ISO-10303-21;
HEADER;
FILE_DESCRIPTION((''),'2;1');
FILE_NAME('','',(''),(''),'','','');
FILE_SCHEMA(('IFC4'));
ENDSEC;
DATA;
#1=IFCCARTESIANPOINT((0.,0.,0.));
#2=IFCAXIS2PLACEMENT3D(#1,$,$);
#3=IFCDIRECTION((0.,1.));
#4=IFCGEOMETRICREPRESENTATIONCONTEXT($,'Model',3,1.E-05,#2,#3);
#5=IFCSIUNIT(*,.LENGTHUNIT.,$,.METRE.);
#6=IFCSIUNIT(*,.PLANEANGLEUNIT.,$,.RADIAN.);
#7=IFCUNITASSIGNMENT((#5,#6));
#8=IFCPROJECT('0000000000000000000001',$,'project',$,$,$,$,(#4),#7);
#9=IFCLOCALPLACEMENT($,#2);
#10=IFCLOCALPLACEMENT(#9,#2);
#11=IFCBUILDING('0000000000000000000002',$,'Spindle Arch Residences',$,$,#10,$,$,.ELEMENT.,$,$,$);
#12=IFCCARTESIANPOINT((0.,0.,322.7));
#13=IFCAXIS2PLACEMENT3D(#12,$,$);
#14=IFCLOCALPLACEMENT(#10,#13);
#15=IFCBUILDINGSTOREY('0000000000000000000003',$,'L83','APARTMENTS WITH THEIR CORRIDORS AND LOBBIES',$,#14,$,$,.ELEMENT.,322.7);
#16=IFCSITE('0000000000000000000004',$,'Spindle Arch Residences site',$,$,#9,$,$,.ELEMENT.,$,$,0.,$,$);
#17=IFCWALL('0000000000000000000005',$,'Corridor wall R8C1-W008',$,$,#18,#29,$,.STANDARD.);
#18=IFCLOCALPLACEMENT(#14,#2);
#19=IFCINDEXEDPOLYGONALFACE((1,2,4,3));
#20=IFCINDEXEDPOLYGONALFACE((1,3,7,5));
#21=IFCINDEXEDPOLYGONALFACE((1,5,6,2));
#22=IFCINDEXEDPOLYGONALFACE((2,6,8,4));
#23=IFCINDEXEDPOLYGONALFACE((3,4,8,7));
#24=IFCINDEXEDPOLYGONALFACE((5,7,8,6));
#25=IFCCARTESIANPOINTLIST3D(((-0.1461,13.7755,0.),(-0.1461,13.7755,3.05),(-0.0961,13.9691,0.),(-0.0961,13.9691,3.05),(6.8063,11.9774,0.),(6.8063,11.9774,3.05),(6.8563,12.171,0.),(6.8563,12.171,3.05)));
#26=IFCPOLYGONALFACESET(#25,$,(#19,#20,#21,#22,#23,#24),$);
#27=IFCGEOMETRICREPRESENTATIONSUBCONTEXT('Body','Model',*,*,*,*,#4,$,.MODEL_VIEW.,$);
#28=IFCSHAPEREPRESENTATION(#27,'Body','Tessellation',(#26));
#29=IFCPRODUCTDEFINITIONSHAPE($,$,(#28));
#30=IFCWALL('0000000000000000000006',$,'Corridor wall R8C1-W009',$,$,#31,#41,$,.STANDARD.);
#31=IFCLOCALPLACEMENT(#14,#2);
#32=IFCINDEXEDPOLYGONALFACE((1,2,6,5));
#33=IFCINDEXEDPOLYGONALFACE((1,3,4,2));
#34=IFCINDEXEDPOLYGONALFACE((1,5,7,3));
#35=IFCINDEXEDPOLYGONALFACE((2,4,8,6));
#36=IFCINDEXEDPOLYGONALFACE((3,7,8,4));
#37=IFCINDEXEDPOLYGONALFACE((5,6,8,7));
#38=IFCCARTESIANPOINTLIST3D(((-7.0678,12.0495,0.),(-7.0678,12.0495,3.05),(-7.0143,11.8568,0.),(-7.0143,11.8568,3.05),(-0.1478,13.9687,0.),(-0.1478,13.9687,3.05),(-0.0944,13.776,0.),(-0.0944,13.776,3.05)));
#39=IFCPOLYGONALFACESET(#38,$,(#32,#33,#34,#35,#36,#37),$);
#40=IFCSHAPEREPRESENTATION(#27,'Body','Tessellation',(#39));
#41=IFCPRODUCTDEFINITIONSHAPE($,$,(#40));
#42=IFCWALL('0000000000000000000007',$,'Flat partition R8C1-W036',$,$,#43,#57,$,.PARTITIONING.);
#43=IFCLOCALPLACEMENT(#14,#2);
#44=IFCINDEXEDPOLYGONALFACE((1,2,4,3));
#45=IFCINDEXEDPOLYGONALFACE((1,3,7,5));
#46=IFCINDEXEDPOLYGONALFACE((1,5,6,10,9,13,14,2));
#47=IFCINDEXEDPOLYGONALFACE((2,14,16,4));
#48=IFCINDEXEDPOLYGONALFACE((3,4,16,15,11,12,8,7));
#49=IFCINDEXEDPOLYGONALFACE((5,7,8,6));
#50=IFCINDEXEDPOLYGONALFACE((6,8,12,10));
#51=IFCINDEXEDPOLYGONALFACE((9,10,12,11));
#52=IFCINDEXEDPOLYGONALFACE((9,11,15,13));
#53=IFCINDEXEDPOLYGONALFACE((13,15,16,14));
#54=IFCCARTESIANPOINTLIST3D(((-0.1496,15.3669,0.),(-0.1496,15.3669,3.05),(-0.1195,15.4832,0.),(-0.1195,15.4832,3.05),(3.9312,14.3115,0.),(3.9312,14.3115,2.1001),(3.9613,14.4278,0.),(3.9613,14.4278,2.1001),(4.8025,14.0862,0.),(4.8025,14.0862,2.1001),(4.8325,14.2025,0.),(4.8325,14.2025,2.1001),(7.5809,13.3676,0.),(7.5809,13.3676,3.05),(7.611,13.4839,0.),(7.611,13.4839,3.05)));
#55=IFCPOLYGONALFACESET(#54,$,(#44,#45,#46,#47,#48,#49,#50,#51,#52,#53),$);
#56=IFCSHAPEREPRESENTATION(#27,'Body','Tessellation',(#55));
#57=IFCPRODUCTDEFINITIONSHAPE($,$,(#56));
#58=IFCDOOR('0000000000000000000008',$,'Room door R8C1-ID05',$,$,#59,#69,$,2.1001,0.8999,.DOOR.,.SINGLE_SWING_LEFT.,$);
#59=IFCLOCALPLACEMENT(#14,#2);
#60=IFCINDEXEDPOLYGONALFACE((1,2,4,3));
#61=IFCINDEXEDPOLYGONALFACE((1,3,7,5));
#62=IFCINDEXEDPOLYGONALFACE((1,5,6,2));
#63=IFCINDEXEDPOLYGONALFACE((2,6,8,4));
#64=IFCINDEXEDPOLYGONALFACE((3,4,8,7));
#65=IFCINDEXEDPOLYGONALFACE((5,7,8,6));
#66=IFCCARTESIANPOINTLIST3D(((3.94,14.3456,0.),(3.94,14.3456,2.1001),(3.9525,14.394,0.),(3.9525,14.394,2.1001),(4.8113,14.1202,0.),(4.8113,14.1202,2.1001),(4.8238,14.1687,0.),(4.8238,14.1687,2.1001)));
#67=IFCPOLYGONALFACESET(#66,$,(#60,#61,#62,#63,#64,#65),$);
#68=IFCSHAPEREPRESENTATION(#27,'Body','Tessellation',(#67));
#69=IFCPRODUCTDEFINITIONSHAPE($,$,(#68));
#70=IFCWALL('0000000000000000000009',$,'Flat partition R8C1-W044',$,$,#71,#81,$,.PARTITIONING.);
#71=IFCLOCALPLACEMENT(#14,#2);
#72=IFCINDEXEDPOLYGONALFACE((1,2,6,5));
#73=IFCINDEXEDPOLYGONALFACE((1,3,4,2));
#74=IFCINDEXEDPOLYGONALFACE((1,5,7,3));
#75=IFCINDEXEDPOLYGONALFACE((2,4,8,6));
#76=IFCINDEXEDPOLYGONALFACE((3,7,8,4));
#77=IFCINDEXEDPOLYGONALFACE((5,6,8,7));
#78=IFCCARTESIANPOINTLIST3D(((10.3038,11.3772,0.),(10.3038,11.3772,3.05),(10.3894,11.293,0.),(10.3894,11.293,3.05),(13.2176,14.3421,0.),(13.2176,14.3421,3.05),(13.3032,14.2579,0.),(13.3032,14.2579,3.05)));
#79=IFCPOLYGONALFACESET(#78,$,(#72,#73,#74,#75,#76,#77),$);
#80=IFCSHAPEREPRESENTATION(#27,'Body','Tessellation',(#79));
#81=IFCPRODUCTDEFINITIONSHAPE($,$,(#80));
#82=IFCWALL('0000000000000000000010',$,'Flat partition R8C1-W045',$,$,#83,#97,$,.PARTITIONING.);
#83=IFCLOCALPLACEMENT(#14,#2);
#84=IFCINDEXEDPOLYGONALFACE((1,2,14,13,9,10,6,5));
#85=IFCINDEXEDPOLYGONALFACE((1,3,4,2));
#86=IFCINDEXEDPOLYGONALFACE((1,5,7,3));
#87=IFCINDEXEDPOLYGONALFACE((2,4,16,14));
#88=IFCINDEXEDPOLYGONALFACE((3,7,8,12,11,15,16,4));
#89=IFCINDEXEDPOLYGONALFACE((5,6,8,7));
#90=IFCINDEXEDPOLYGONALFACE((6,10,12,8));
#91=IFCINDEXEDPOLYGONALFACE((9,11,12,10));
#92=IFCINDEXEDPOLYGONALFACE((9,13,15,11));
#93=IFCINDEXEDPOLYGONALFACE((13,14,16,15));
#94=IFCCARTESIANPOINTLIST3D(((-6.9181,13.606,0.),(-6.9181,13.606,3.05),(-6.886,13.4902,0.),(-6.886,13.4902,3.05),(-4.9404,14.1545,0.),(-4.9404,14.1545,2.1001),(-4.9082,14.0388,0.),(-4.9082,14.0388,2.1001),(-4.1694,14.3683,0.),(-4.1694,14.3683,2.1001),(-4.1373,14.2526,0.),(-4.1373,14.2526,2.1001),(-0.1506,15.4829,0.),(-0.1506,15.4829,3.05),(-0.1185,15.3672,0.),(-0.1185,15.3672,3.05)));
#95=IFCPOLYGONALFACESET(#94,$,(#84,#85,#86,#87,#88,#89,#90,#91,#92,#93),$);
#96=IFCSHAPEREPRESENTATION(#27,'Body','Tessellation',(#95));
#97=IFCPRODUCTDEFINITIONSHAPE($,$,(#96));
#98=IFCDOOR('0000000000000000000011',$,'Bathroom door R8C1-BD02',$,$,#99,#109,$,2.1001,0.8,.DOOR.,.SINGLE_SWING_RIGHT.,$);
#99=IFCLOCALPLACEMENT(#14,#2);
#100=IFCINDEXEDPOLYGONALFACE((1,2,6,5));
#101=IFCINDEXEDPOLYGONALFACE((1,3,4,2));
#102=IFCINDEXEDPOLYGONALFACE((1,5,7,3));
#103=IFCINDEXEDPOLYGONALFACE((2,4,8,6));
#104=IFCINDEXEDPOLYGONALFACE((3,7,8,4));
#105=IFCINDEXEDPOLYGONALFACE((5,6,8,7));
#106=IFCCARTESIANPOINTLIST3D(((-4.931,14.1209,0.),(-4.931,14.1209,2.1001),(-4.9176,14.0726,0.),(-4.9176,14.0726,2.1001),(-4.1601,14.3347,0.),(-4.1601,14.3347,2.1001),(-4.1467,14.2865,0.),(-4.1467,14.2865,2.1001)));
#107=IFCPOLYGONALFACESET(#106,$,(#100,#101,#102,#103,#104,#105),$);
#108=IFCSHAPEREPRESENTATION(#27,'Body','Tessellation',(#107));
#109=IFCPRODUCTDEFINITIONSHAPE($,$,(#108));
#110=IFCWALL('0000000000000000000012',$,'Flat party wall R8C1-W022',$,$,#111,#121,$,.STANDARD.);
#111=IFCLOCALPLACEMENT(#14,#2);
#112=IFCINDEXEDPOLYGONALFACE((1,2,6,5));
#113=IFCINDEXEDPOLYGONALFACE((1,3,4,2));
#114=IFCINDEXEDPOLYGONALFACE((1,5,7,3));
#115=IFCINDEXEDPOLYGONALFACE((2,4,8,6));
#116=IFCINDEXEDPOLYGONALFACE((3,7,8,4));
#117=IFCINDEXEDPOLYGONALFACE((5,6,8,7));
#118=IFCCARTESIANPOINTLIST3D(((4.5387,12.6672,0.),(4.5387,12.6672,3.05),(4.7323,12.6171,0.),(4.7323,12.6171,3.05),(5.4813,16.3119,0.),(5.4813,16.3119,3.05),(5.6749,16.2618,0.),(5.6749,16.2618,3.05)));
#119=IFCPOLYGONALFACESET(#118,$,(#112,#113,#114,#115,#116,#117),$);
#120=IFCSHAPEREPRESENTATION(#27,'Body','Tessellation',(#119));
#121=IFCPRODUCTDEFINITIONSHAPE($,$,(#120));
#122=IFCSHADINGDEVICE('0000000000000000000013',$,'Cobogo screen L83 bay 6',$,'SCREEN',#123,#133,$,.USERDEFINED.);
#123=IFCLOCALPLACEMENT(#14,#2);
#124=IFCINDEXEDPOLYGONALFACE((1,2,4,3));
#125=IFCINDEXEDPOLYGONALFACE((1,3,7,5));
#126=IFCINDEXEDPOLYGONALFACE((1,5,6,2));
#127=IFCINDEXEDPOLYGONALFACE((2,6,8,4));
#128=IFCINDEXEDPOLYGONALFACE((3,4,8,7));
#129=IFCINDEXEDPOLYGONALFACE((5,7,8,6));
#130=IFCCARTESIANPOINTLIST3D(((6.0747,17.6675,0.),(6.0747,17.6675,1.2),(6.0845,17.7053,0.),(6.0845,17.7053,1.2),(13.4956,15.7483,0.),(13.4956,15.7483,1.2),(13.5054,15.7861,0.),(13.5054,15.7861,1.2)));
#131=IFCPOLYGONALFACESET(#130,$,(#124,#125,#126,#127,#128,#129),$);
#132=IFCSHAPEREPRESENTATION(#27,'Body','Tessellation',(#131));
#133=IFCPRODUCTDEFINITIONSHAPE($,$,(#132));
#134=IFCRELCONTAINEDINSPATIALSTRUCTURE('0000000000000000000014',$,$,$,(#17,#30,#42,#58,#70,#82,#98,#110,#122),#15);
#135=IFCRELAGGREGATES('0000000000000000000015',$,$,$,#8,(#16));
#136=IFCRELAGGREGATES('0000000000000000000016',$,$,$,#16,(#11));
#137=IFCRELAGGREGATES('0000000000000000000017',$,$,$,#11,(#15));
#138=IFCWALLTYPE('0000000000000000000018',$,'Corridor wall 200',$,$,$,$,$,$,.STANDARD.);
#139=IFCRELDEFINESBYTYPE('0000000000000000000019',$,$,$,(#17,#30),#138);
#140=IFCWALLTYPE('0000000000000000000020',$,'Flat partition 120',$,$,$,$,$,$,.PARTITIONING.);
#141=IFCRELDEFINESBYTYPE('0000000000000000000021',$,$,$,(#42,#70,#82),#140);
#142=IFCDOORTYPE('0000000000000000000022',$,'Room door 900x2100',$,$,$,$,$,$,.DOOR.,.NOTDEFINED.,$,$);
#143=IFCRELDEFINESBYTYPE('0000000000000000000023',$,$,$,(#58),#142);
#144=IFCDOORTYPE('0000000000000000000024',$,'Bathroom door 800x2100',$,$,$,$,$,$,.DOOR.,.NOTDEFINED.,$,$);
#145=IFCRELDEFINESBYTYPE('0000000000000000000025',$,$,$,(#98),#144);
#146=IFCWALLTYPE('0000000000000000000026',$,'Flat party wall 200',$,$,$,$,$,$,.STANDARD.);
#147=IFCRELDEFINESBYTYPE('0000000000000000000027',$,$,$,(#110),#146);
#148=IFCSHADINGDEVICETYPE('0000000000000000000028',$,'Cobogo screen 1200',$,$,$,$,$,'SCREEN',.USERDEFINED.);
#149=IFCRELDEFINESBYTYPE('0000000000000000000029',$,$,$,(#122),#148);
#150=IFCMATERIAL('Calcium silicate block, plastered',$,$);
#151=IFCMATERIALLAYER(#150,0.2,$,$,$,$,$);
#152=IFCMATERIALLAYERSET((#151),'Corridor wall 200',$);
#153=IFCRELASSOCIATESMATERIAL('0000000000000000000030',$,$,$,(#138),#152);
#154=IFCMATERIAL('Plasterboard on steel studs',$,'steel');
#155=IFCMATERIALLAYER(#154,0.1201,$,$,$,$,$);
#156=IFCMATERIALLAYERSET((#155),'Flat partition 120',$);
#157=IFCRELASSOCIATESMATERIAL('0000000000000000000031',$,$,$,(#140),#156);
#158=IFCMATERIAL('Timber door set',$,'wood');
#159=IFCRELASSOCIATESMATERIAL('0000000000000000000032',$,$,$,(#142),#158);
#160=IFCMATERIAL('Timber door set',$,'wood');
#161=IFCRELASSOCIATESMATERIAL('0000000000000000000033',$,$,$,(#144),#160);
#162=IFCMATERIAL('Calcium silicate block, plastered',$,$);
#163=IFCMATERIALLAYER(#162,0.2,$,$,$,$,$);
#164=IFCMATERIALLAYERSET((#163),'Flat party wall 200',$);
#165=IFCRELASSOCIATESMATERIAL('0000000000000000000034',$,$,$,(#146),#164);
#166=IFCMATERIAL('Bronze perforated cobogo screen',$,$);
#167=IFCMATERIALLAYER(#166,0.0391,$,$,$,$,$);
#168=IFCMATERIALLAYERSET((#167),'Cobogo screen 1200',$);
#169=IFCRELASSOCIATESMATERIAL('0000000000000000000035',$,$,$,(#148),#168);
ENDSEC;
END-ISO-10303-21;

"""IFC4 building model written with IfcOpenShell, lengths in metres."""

from ifc_helpers import new_model, si_unit, direction, frame, frame_2d, origin, origin_2d, place, context, subcontext, project, spatial, rectangle, extrude, material, layer, layer_set, type_object, element, fill, save


model = new_model("IFC4")

# Units and contexts
model_context = context("Model", 3, precision=1e-05, world=origin(), true_north=direction((0.0, 1.0)))
body_context = subcontext(model_context, "Body", "Model", "MODEL_VIEW")
ifc_project = project(units=[si_unit("LENGTHUNIT", "METRE"), si_unit("PLANEANGLEUNIT", "RADIAN")], contexts=[model_context])

# Site, building, storey
site_placement = place(None, origin())
site = spatial("IfcSite", under=ifc_project, at=site_placement, Name="Spindle Arch Residences site", CompositionType="ELEMENT", RefElevation=0.0)
building_placement = place(site_placement, origin())
building = spatial("IfcBuilding", under=site, at=building_placement, Name="Spindle Arch Residences", CompositionType="ELEMENT")
storey_placement = place(building_placement, frame((0.0, 0.0, 322.7)))
storey = spatial("IfcBuildingStorey", under=building, at=storey_placement, Name="L83", Description="APARTMENTS WITH THEIR CORRIDORS AND LOBBIES", CompositionType="ELEMENT", Elevation=322.7)

# Walls
ifc_material_1 = material(Name="Calcium silicate block, plastered")
ifc_layer_1 = layer(ifc_material_1, 0.2)
ifc_layer_set_1 = layer_set([ifc_layer_1], Name="Corridor wall 200")
wall_type_1 = type_object("IfcWallType", Name="Corridor wall 200", PredefinedType="STANDARD", material=ifc_layer_set_1)
for number, where, z_axis, x_axis, name in (
    (1, (6.8313, 12.0742, 0.0), (0.0, 0.0, 1.0), (-0.968145, 0.250391, 0.0), "Corridor wall R8C1-W008"),
    (2, (-0.1211, 13.8723, 0.0), (0.0, 0.0, 1.0), (-0.963626, -0.267255, 0.0), "Corridor wall R8C1-W009"),
):
    element("IfcWall", number, at=place(storey_placement, frame(where, z_axis=z_axis, x_axis=x_axis)), inside=storey, type_object=wall_type_1, Name=name, PredefinedType="STANDARD", context=body_context, shape_type="SweptSolid", body=[
        extrude(rectangle(XDim=7.1812, YDim=0.2, at=frame_2d((3.5906, 0.0))), origin(), (0.0, 0.0, 1.0), 3.05),
    ])

# Wall, opening, door
ifc_material_2 = material(Name="Plasterboard on steel studs", Category="steel")
ifc_layer_2 = layer(ifc_material_2, 0.1201)
ifc_layer_set_2 = layer_set([ifc_layer_2], Name="Flat partition 120")
wall_type_2 = type_object("IfcWallType", Name="Flat partition 120", PredefinedType="PARTITIONING", material=ifc_layer_set_2)
wall_1_placement = place(storey_placement, frame((7.5959, 13.4258, 0.0), z_axis=(0.0, 0.0, 1.0), x_axis=(-0.968147, 0.250384, 0.0)))
wall_1 = element("IfcWall", 3, at=wall_1_placement, inside=storey, type_object=wall_type_2, Name="Flat partition R8C1-W036", PredefinedType="PARTITIONING", context=body_context, shape_type="SweptSolid", body=[
    extrude(rectangle(XDim=7.9849, YDim=0.1201, at=frame_2d((3.9924, 0.0))), origin(), (0.0, 0.0, 1.0), 3.05),
])
opening_1_placement = place(wall_1_placement, frame((2.8699, 0.0, 0.0)))
opening_1 = element("IfcOpeningElement", 4, at=opening_1_placement, cuts=wall_1, PredefinedType="OPENING", context=body_context, shape_type="SweptSolid", body=[
    extrude(rectangle(XDim=0.8999, YDim=2.1001, at=frame_2d((0.45, 1.05))), frame((0.0, 0.0701, 0.0), z_axis=(0.0, -1.0, 0.0), x_axis=(1.0, 0.0, 0.0)), (0.0, 0.0, 1.0), 0.1401),
])
ifc_material_3 = material(Name="Timber door set", Category="wood")
door_type_1 = type_object("IfcDoorType", Name="Room door 900x2100", OperationType="NOTDEFINED", PredefinedType="DOOR", material=ifc_material_3)
door_1_placement = place(opening_1_placement, origin())
door_1 = element("IfcDoor", 5, at=door_1_placement, inside=storey, type_object=door_type_1, Name="Room door R8C1-ID05", OperationType="SINGLE_SWING_LEFT", OverallHeight=2.1001, OverallWidth=0.8999, PredefinedType="DOOR", context=body_context, shape_type="SweptSolid", body=[
    extrude(rectangle(XDim=0.8999, YDim=2.1001, at=frame_2d((0.45, 1.05))), frame((0.0, 0.0249, 0.0), z_axis=(0.0, -1.0, 0.0), x_axis=(1.0, 0.0, 0.0)), (0.0, 0.0, 1.0), 0.05),
])
fill(opening_1, door_1)

# Wall
wall_2_placement = place(storey_placement, frame((13.2605, 14.3, 0.0), z_axis=(0.0, 0.0, 1.0), x_axis=(-0.700943, -0.713217, 0.0)))
element("IfcWall", 6, at=wall_2_placement, inside=storey, type_object=wall_type_2, Name="Flat partition R8C1-W044", PredefinedType="PARTITIONING", context=body_context, shape_type="SweptSolid", body=[
    extrude(rectangle(XDim=4.157, YDim=0.1201, at=frame_2d((2.0786, 0.0))), origin(), (0.0, 0.0, 1.0), 3.05),
])

# Wall, opening, door
wall_3_placement = place(storey_placement, frame((-0.1345, 15.425, 0.0), z_axis=(0.0, 0.0, 1.0), x_axis=(-0.963625, -0.267257, 0.0)))
wall_3 = element("IfcWall", 7, at=wall_3_placement, inside=storey, type_object=wall_type_2, Name="Flat partition R8C1-W045", PredefinedType="PARTITIONING", context=body_context, shape_type="SweptSolid", body=[
    extrude(rectangle(XDim=7.0229, YDim=0.1201, at=frame_2d((3.5115, 0.0))), origin(), (0.0, 0.0, 1.0), 3.05),
])
opening_2_placement = place(wall_3_placement, frame((4.1707, 0.0, 0.0)))
opening_2 = element("IfcOpeningElement", 8, at=opening_2_placement, cuts=wall_3, PredefinedType="OPENING", context=body_context, shape_type="SweptSolid", body=[
    extrude(rectangle(XDim=0.8, YDim=2.1001, at=frame_2d((0.3999, 1.05))), frame((0.0, 0.0701, 0.0), z_axis=(0.0, -1.0, 0.0), x_axis=(1.0, 0.0, 0.0)), (0.0, 0.0, 1.0), 0.1401),
])
ifc_material_4 = material(Name="Timber door set", Category="wood")
door_type_2 = type_object("IfcDoorType", Name="Bathroom door 800x2100", OperationType="NOTDEFINED", PredefinedType="DOOR", material=ifc_material_4)
door_2_placement = place(opening_2_placement, origin())
door_2 = element("IfcDoor", 9, at=door_2_placement, inside=storey, type_object=door_type_2, Name="Bathroom door R8C1-BD02", OperationType="SINGLE_SWING_RIGHT", OverallHeight=2.1001, OverallWidth=0.8, PredefinedType="DOOR", context=body_context, shape_type="SweptSolid", body=[
    extrude(rectangle(XDim=0.8, YDim=2.1001, at=frame_2d((0.3999, 1.05))), frame((0.0, 0.0249, 0.0), z_axis=(0.0, -1.0, 0.0), x_axis=(1.0, 0.0, 0.0)), (0.0, 0.0, 1.0), 0.05),
])
fill(opening_2, door_2)

# Wall
ifc_material_5 = material(Name="Calcium silicate block, plastered")
ifc_layer_3 = layer(ifc_material_5, 0.2)
ifc_layer_set_3 = layer_set([ifc_layer_3], Name="Flat party wall 200")
wall_type_3 = type_object("IfcWallType", Name="Flat party wall 200", PredefinedType="STANDARD", material=ifc_layer_set_3)
wall_4_placement = place(storey_placement, frame((5.5781, 16.2869, 0.0), z_axis=(0.0, 0.0, 1.0), x_axis=(-0.250386, -0.968146, 0.0)))
element("IfcWall", 10, at=wall_4_placement, inside=storey, type_object=wall_type_3, Name="Flat party wall R8C1-W022", PredefinedType="STANDARD", context=body_context, shape_type="SweptSolid", body=[
    extrude(rectangle(XDim=3.7646, YDim=0.2, at=frame_2d((1.8823, 0.0))), origin(), (0.0, 0.0, 1.0), 3.05),
])

# Shading device
ifc_material_6 = material(Name="Bronze perforated cobogo screen")
ifc_layer_4 = layer(ifc_material_6, 0.0391)
ifc_layer_set_4 = layer_set([ifc_layer_4], Name="Cobogo screen 1200")
shading_device_type = type_object("IfcShadingDeviceType", Name="Cobogo screen 1200", ElementType="SCREEN", PredefinedType="USERDEFINED", material=ifc_layer_set_4)
shading_device_placement = place(storey_placement, frame((9.79, 16.7268, 0.0), z_axis=(0.0, 0.0, 1.0), x_axis=(-0.968148, 0.25038, 0.0)))
element("IfcShadingDevice", 11, at=shading_device_placement, inside=storey, type_object=shading_device_type, Name="Cobogo screen L83 bay 6", ObjectType="SCREEN", PredefinedType="USERDEFINED", context=body_context, shape_type="SweptSolid", body=[
    extrude(rectangle(XDim=7.665, YDim=0.0391, at=origin_2d()), origin(), (0.0, 0.0, 1.0), 1.2),
])

save(model, "model.ifc")
